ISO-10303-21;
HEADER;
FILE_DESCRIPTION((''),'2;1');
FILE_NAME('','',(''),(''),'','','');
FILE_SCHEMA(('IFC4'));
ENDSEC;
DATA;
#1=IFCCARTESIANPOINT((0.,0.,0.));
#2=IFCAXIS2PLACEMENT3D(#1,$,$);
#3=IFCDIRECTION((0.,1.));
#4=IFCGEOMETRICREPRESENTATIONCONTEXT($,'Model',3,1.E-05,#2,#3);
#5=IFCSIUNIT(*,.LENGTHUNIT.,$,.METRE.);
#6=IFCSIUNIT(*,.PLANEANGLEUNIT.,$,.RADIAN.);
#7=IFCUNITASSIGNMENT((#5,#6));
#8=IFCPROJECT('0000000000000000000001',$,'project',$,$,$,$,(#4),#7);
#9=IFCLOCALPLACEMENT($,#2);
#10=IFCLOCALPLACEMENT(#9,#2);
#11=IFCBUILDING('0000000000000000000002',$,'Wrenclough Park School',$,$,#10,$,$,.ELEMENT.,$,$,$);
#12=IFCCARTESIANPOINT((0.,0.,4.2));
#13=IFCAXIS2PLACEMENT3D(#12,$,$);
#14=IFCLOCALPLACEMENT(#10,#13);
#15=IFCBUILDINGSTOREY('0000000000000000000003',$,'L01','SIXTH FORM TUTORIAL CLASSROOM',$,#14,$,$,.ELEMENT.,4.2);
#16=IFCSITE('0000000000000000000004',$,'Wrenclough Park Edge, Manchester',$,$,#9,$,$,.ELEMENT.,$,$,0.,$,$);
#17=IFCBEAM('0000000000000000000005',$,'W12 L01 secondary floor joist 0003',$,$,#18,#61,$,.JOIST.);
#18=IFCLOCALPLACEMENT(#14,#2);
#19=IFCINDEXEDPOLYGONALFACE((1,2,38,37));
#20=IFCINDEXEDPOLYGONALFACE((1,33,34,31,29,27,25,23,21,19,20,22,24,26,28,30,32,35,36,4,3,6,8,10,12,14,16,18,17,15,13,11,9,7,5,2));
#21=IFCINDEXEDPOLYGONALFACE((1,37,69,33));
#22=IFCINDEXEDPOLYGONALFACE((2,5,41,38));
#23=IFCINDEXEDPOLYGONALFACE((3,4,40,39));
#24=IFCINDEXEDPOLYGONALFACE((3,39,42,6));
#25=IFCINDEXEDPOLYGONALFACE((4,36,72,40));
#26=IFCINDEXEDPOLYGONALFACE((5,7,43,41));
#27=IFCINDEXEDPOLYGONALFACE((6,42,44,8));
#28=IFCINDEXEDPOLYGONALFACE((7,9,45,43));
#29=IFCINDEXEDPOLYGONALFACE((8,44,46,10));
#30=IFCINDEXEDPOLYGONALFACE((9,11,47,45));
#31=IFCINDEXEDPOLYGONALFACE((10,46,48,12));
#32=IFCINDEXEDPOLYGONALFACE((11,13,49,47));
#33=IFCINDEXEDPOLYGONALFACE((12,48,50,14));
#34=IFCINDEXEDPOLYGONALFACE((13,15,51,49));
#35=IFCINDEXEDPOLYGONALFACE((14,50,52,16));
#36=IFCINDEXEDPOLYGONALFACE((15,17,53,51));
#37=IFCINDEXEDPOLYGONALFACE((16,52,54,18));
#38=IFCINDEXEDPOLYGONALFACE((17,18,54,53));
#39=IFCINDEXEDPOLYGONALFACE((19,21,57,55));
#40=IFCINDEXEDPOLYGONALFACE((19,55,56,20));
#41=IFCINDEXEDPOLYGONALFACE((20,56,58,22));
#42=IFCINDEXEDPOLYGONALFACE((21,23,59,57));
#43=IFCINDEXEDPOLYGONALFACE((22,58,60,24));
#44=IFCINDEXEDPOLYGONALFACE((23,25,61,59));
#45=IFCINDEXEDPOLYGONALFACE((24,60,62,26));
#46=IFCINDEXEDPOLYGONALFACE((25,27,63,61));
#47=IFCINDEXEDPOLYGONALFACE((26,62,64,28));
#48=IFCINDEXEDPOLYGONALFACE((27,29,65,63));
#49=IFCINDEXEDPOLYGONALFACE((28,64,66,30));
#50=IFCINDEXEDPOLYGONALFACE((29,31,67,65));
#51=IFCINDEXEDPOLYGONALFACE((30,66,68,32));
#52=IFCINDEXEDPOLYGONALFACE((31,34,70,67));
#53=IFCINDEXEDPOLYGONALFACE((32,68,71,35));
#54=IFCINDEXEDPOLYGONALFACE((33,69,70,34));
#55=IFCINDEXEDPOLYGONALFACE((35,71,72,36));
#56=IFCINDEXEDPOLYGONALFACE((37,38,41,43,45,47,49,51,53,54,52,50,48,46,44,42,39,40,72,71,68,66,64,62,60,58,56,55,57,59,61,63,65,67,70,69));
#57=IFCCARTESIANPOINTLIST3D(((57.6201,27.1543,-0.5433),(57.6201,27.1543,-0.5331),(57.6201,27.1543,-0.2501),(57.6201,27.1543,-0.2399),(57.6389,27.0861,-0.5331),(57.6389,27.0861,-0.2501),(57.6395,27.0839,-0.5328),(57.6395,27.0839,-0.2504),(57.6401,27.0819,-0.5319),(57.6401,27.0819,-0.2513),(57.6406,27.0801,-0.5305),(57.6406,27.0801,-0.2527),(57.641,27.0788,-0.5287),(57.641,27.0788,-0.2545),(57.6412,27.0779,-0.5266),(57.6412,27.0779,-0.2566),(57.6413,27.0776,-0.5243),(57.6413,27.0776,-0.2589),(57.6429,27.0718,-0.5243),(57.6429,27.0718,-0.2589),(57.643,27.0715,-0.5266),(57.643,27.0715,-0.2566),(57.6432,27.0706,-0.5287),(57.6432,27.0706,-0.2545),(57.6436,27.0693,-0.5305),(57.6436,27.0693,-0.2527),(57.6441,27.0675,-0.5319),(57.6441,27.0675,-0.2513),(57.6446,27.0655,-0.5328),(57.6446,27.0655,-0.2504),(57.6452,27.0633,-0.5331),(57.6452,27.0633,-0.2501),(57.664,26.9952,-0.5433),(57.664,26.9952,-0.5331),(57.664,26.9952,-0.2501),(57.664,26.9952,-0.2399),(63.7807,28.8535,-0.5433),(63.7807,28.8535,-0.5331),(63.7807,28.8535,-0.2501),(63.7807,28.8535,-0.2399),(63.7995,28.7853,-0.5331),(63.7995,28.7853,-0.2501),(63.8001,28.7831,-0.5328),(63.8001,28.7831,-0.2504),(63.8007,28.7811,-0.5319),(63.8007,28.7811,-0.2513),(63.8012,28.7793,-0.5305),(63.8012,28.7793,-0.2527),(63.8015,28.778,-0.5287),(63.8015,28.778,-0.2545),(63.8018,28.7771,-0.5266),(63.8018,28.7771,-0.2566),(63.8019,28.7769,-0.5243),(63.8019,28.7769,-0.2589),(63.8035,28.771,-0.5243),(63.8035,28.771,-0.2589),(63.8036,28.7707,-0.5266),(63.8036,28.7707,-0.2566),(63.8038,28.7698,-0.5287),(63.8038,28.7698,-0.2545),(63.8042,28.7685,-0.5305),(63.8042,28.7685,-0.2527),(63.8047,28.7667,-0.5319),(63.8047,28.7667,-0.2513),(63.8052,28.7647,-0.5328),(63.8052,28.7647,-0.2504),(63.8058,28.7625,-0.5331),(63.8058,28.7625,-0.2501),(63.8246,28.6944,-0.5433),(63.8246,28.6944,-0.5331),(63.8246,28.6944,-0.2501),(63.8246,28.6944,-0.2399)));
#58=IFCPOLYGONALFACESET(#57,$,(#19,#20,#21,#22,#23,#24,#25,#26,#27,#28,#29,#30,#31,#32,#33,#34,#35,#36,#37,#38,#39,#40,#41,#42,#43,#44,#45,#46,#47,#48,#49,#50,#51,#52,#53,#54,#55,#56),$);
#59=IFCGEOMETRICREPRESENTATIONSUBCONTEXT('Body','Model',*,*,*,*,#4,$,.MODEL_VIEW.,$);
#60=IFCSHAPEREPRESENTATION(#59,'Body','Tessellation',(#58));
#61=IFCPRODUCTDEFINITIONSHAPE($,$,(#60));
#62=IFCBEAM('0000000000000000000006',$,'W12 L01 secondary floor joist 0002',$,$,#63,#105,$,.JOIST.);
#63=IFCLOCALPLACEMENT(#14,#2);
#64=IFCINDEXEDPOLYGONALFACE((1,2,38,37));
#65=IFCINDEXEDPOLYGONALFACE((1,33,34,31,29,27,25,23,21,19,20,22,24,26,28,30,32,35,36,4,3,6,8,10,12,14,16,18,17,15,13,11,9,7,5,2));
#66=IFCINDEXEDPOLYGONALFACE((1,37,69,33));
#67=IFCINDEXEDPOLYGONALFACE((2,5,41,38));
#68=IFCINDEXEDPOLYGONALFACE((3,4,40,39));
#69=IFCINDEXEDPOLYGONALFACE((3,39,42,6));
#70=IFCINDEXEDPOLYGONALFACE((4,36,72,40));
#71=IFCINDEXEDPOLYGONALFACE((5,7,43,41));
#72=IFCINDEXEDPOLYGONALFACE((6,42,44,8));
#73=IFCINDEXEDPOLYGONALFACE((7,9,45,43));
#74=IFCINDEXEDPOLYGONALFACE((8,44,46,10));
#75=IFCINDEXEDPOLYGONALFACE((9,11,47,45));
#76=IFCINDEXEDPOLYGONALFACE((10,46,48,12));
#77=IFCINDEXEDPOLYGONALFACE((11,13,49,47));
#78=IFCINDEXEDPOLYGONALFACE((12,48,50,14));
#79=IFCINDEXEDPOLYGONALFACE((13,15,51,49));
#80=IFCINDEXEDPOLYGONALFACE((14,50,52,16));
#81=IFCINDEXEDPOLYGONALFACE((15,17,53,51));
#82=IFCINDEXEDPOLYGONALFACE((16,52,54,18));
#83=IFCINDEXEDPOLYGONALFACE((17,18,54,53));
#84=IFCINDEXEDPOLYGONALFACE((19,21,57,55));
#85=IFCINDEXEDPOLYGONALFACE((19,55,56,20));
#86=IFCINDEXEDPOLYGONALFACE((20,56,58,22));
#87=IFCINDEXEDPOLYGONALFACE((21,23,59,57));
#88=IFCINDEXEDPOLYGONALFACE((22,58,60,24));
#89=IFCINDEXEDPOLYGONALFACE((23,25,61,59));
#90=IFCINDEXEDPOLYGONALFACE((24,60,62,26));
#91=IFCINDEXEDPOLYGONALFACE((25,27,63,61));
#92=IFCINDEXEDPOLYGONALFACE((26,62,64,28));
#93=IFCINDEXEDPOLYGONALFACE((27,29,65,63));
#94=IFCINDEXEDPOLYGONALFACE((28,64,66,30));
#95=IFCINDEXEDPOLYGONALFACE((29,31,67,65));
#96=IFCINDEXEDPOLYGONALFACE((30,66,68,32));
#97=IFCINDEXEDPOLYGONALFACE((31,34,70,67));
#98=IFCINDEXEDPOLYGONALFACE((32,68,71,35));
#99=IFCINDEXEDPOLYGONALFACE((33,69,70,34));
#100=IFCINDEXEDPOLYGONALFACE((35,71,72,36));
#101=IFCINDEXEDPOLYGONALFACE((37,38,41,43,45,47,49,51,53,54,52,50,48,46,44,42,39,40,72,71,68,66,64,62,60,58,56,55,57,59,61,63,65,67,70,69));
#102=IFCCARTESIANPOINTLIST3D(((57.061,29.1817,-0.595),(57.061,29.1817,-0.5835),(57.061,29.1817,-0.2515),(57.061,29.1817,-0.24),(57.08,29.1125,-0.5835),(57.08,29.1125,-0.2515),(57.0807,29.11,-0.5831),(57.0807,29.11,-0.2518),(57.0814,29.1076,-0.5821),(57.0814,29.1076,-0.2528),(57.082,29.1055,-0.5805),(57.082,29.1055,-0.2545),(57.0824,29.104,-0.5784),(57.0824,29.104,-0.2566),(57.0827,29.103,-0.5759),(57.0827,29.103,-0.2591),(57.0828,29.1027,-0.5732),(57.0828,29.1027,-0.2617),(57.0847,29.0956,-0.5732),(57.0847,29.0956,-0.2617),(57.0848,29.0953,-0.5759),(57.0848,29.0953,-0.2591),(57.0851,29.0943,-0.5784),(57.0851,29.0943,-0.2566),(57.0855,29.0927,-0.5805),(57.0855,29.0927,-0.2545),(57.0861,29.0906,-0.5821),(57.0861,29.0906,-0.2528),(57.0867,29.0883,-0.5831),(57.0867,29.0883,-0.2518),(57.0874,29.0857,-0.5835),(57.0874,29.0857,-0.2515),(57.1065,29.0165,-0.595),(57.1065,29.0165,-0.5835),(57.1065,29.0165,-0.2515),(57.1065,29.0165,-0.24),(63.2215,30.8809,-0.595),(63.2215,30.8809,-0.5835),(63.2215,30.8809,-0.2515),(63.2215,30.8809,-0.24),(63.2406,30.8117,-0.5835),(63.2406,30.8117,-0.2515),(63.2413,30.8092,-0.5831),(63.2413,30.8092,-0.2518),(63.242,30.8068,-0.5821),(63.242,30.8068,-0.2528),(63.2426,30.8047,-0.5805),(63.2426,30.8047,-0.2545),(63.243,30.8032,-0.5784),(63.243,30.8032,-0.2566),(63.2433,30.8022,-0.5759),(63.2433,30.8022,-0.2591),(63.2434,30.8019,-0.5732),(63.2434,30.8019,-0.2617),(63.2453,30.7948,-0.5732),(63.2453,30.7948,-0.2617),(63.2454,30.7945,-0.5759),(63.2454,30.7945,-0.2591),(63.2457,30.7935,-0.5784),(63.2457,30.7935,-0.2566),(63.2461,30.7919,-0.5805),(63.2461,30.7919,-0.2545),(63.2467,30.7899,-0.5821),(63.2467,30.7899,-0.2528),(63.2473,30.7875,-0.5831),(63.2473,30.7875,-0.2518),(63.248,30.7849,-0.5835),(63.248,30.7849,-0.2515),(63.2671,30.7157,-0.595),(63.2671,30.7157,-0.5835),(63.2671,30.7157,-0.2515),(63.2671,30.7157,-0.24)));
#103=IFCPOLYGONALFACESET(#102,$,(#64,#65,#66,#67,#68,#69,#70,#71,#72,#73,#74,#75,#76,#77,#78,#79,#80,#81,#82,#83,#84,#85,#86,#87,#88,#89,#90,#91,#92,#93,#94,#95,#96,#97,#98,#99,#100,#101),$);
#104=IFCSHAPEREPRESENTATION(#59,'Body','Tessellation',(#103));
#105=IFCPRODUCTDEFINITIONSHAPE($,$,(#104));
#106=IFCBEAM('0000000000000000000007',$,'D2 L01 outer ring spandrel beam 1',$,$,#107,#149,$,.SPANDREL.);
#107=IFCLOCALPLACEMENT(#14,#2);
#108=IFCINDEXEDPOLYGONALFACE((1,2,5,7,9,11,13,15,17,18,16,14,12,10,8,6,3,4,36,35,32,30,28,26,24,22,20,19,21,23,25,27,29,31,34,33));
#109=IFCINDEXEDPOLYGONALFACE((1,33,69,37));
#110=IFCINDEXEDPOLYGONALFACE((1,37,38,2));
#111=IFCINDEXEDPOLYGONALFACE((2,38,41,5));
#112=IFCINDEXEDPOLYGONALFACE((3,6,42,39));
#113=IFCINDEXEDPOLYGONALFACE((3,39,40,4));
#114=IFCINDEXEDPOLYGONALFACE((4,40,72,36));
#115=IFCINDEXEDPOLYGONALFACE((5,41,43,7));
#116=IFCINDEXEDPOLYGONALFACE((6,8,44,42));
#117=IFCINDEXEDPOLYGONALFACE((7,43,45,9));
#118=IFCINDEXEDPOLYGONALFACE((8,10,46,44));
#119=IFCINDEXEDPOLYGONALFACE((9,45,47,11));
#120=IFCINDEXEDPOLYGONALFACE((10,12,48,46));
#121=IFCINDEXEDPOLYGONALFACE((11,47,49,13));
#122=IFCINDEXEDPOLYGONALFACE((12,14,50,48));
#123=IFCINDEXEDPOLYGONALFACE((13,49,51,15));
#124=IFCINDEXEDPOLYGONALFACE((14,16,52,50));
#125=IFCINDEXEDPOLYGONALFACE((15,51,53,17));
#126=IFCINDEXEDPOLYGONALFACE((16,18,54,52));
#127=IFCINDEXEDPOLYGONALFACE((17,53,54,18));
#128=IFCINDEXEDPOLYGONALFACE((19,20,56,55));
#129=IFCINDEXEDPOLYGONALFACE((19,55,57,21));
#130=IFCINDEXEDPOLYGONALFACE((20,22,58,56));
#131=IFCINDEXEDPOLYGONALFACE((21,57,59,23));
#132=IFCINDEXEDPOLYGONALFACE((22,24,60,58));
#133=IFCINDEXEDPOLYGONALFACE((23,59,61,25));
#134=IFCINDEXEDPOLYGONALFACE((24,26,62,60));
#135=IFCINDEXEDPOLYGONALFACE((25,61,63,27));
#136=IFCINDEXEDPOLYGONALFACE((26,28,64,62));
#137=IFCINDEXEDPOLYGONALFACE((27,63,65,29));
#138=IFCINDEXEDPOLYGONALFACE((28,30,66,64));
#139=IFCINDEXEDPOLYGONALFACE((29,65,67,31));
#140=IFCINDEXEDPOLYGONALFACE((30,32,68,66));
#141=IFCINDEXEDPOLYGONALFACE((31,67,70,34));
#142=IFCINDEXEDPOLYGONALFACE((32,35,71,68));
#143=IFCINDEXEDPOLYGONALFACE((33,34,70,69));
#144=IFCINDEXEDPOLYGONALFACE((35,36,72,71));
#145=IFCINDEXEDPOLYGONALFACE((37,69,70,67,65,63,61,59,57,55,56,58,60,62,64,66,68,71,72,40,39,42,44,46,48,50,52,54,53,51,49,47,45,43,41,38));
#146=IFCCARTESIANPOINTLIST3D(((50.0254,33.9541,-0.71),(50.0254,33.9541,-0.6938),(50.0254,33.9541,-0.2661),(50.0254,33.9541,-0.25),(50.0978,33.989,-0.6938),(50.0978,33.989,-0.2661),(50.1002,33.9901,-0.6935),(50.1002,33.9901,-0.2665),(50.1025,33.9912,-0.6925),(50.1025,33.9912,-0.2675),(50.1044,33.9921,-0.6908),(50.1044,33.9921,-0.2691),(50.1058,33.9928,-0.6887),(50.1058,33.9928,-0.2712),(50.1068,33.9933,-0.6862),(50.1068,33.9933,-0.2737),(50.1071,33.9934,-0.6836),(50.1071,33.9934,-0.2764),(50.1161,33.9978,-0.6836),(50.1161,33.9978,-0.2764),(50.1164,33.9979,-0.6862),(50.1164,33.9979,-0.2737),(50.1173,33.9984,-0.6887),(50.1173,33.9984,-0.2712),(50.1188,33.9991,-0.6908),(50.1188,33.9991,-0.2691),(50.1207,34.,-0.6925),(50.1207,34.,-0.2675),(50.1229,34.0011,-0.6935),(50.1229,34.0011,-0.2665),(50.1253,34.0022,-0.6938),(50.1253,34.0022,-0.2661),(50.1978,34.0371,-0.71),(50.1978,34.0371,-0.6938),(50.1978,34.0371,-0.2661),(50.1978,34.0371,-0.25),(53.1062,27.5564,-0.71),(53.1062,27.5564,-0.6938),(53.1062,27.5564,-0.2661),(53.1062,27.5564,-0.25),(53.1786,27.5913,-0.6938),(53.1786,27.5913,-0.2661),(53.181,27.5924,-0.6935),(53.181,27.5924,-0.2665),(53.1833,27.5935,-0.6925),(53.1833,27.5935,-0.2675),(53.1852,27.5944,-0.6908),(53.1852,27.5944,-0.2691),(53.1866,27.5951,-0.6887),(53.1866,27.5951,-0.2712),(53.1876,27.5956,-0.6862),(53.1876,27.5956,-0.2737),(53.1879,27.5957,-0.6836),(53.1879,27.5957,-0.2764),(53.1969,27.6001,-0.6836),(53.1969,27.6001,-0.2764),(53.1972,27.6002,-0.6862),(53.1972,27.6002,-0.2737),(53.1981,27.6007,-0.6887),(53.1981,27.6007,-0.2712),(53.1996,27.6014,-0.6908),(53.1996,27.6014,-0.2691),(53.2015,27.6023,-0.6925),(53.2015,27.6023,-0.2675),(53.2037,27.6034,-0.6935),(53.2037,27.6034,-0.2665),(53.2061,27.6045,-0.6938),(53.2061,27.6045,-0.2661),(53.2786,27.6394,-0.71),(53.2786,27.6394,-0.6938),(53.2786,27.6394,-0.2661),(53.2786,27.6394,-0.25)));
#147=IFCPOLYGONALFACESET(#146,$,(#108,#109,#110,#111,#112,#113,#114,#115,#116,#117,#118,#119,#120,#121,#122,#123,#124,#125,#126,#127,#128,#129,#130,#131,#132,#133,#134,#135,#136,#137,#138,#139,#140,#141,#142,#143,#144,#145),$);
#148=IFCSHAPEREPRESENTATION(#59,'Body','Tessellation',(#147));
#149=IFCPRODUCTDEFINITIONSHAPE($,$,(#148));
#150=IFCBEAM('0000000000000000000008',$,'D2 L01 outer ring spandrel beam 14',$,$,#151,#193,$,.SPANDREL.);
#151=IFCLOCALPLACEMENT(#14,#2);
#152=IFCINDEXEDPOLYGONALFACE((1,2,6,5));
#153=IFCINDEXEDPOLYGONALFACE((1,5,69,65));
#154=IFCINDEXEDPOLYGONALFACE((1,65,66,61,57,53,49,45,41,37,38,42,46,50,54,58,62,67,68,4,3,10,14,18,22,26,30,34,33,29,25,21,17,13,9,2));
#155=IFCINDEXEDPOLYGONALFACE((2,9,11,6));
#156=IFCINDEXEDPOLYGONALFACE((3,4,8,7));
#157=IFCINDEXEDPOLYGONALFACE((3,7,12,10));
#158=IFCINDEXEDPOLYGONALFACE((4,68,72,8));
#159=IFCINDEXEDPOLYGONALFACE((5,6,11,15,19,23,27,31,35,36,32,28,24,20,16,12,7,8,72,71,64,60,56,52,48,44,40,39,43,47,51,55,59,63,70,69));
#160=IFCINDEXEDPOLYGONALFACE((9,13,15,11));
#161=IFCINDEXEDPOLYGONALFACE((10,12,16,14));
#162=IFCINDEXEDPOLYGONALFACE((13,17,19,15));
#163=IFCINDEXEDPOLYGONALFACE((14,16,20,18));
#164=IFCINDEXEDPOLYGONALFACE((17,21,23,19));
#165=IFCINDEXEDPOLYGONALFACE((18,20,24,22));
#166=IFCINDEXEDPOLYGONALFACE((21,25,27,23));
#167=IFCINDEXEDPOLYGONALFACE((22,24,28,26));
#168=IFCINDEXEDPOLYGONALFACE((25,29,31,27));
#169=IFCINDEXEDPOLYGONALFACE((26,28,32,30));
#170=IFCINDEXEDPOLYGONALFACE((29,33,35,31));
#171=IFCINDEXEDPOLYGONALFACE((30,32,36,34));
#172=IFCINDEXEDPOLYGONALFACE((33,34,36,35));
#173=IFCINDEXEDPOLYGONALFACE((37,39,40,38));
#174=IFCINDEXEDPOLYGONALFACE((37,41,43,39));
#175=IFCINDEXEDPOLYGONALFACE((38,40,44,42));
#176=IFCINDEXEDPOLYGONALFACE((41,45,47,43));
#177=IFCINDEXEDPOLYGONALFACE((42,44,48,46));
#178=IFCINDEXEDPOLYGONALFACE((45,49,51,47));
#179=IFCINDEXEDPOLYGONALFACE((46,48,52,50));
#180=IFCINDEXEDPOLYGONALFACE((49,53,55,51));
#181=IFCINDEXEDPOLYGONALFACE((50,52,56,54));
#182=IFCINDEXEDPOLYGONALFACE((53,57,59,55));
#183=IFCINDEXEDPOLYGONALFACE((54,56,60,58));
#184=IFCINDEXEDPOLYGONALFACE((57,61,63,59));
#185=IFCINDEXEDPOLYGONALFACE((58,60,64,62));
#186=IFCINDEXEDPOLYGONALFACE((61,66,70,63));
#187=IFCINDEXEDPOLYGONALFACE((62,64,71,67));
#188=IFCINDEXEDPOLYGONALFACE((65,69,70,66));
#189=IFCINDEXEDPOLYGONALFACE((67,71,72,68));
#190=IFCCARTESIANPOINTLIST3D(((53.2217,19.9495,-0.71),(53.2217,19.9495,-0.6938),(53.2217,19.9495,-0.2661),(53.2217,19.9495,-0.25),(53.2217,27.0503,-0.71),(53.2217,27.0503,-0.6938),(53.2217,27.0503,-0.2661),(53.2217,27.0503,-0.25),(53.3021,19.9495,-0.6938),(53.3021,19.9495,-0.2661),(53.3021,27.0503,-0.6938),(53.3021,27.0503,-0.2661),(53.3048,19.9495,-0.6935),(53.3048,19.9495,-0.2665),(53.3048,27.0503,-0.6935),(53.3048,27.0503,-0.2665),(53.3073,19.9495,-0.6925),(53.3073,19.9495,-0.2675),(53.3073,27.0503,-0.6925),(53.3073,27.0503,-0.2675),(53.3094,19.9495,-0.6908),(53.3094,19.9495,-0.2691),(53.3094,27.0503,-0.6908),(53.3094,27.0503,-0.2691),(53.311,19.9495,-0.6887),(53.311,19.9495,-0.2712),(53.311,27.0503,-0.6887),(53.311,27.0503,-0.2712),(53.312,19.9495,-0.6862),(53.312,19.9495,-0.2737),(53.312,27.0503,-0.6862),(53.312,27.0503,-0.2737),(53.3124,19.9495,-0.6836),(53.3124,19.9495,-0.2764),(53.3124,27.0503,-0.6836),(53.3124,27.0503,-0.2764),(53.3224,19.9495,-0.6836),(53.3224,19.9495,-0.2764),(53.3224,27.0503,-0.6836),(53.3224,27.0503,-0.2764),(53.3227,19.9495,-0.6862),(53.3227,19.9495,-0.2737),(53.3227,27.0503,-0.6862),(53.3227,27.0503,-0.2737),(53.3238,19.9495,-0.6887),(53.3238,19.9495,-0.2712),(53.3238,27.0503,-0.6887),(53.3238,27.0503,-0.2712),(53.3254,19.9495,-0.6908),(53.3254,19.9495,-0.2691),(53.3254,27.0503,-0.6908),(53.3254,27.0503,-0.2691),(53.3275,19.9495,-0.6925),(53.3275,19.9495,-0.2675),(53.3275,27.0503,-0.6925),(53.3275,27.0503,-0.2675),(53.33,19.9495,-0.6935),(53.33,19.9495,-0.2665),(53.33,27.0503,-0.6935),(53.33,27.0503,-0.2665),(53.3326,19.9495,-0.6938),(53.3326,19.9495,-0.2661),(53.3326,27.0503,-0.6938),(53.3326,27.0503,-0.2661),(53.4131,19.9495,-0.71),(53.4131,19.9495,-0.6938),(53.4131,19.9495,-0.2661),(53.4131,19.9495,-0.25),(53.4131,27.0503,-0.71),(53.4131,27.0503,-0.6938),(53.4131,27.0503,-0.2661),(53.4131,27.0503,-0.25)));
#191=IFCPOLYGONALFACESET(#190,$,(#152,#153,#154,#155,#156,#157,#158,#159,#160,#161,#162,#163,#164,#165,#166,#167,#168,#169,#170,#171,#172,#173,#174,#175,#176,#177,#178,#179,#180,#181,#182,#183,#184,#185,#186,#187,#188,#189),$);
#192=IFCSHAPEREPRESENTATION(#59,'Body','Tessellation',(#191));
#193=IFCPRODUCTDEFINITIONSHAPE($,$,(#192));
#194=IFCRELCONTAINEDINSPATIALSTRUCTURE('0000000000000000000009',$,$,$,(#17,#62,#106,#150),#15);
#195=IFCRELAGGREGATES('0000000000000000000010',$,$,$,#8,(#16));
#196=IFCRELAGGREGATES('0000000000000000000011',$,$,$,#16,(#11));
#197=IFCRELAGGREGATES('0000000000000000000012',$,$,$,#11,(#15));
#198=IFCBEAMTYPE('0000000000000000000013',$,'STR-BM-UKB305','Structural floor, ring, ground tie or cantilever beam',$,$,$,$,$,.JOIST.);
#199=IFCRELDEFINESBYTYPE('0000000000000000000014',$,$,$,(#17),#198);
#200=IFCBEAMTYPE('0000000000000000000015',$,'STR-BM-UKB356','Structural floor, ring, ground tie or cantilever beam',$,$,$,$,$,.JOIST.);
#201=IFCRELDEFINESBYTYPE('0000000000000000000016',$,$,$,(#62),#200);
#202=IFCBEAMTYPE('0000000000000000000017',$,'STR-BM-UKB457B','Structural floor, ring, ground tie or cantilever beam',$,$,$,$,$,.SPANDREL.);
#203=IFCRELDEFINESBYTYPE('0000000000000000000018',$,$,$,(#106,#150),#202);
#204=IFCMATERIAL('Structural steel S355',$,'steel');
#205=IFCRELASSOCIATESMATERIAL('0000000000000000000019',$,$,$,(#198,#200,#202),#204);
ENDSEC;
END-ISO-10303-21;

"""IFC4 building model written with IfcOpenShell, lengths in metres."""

from ifc_helpers import new_model, si_unit, direction, frame, origin, origin_2d, place, context, subcontext, project, spatial, i_section, extrude, material, material_profile, profile_set, type_object, element, save


model = new_model("IFC4")

# Units and contexts
model_context = context("Model", 3, precision=1e-05, world=origin(), true_north=direction((0.0, 1.0)))
body_context = subcontext(model_context, "Body", "Model", "MODEL_VIEW")
ifc_project = project(units=[si_unit("LENGTHUNIT", "METRE"), si_unit("PLANEANGLEUNIT", "RADIAN")], contexts=[model_context])

# Site, building, storey
site_placement = place(None, origin())
site = spatial("IfcSite", under=ifc_project, at=site_placement, Name="Wrenclough Park Edge, Manchester", CompositionType="ELEMENT", RefElevation=0.0)
building_placement = place(site_placement, origin())
building = spatial("IfcBuilding", under=site, at=building_placement, Name="Wrenclough Park School", CompositionType="ELEMENT")
storey_placement = place(building_placement, frame((0.0, 0.0, 4.2)))
storey = spatial("IfcBuildingStorey", under=building, at=storey_placement, Name="L01", Description="SIXTH FORM TUTORIAL CLASSROOM", CompositionType="ELEMENT", Elevation=4.2)

# Shared definitions
ifc_material_1 = material(Name="Structural steel S355", Category="steel")

# Beams
ifc_material_profile_1 = material_profile(ifc_material_1, i_section(OverallWidth=0.165, OverallDepth=0.3035, WebThickness=0.0061, FlangeThickness=0.0103, FilletRadius=0.0088, at=origin_2d()), Name="UKB 305x165x40")
ifc_profile_set_1 = profile_set([ifc_material_profile_1], Name="Structural steel S355")
beam_type_1 = type_object("IfcBeamType", Name="STR-BM-UKB305", Description="Structural floor, ring, ground tie or cantilever beam", PredefinedType="JOIST", material=ifc_profile_set_1)
for number, where, z_axis, x_axis, name in (
    (1, (57.6421, 27.0747, -0.3916), (0.964003, 0.26589, 0.0), (-0.26589, 0.964003, 0.0), "W12 L01 secondary floor joist 0003"),
):
    element("IfcBeam", number, at=place(storey_placement, frame(where, z_axis=z_axis, x_axis=x_axis)), inside=storey, type_object=beam_type_1, Name=name, PredefinedType="JOIST", context=body_context, shape_type="SweptSolid", body=[
        extrude(i_section(OverallWidth=0.165, OverallDepth=0.3035, WebThickness=0.0061, FlangeThickness=0.0103, FilletRadius=0.0088, at=origin_2d()), origin(), (0.0, 0.0, 1.0), 6.3906),
    ])
ifc_material_profile_2 = material_profile(ifc_material_1, i_section(OverallWidth=0.1714, OverallDepth=0.355, WebThickness=0.0073, FlangeThickness=0.0115, FilletRadius=0.0103, at=origin_2d()), Name="UKB 356x171x51")
ifc_profile_set_2 = profile_set([ifc_material_profile_2], Name="Structural steel S355")
beam_type_2 = type_object("IfcBeamType", Name="STR-BM-UKB356", Description="Structural floor, ring, ground tie or cantilever beam", PredefinedType="JOIST", material=ifc_profile_set_2)
beam_1_placement = place(storey_placement, frame((57.0837, 29.0991, -0.4175), z_axis=(0.964003, 0.26589, 0.0), x_axis=(-0.26589, 0.964003, 0.0)))
element("IfcBeam", 2, at=beam_1_placement, inside=storey, type_object=beam_type_2, Name="W12 L01 secondary floor joist 0002", PredefinedType="JOIST", context=body_context, shape_type="SweptSolid", body=[
    extrude(i_section(OverallWidth=0.1714, OverallDepth=0.355, WebThickness=0.0073, FlangeThickness=0.0115, FilletRadius=0.0103, at=origin_2d()), origin(), (0.0, 0.0, 1.0), 6.3906),
])
ifc_material_profile_3 = material_profile(ifc_material_1, i_section(OverallWidth=0.1914, OverallDepth=0.46, WebThickness=0.01, FlangeThickness=0.0161, FilletRadius=0.0103, at=origin_2d()), Name="UKB 457x191x82")
ifc_profile_set_3 = profile_set([ifc_material_profile_3], Name="Structural steel S355")
beam_type_3 = type_object("IfcBeamType", Name="STR-BM-UKB457B", Description="Structural floor, ring, ground tie or cantilever beam", PredefinedType="SPANDREL", material=ifc_profile_set_3)
for number, where, z_axis, x_axis, name in (
    (3, (53.1924, 27.5979, -0.48), (-0.433865, 0.900978, 0.0), (-0.900978, -0.433865, 0.0), "D2 L01 outer ring spandrel beam 1"),
    (4, (53.3174, 19.9495, -0.48), (0.0, 1.0, 0.0), (-1.0, 0.0, 0.0), "D2 L01 outer ring spandrel beam 14"),
):
    element("IfcBeam", number, at=place(storey_placement, frame(where, z_axis=z_axis, x_axis=x_axis)), inside=storey, type_object=beam_type_3, Name=name, PredefinedType="SPANDREL", context=body_context, shape_type="SweptSolid", body=[
        extrude(i_section(OverallWidth=0.1914, OverallDepth=0.46, WebThickness=0.01, FlangeThickness=0.0161, FilletRadius=0.0103, at=origin_2d()), origin(), (0.0, 0.0, 1.0), 7.1008),
    ])

save(model, "model.ifc")
